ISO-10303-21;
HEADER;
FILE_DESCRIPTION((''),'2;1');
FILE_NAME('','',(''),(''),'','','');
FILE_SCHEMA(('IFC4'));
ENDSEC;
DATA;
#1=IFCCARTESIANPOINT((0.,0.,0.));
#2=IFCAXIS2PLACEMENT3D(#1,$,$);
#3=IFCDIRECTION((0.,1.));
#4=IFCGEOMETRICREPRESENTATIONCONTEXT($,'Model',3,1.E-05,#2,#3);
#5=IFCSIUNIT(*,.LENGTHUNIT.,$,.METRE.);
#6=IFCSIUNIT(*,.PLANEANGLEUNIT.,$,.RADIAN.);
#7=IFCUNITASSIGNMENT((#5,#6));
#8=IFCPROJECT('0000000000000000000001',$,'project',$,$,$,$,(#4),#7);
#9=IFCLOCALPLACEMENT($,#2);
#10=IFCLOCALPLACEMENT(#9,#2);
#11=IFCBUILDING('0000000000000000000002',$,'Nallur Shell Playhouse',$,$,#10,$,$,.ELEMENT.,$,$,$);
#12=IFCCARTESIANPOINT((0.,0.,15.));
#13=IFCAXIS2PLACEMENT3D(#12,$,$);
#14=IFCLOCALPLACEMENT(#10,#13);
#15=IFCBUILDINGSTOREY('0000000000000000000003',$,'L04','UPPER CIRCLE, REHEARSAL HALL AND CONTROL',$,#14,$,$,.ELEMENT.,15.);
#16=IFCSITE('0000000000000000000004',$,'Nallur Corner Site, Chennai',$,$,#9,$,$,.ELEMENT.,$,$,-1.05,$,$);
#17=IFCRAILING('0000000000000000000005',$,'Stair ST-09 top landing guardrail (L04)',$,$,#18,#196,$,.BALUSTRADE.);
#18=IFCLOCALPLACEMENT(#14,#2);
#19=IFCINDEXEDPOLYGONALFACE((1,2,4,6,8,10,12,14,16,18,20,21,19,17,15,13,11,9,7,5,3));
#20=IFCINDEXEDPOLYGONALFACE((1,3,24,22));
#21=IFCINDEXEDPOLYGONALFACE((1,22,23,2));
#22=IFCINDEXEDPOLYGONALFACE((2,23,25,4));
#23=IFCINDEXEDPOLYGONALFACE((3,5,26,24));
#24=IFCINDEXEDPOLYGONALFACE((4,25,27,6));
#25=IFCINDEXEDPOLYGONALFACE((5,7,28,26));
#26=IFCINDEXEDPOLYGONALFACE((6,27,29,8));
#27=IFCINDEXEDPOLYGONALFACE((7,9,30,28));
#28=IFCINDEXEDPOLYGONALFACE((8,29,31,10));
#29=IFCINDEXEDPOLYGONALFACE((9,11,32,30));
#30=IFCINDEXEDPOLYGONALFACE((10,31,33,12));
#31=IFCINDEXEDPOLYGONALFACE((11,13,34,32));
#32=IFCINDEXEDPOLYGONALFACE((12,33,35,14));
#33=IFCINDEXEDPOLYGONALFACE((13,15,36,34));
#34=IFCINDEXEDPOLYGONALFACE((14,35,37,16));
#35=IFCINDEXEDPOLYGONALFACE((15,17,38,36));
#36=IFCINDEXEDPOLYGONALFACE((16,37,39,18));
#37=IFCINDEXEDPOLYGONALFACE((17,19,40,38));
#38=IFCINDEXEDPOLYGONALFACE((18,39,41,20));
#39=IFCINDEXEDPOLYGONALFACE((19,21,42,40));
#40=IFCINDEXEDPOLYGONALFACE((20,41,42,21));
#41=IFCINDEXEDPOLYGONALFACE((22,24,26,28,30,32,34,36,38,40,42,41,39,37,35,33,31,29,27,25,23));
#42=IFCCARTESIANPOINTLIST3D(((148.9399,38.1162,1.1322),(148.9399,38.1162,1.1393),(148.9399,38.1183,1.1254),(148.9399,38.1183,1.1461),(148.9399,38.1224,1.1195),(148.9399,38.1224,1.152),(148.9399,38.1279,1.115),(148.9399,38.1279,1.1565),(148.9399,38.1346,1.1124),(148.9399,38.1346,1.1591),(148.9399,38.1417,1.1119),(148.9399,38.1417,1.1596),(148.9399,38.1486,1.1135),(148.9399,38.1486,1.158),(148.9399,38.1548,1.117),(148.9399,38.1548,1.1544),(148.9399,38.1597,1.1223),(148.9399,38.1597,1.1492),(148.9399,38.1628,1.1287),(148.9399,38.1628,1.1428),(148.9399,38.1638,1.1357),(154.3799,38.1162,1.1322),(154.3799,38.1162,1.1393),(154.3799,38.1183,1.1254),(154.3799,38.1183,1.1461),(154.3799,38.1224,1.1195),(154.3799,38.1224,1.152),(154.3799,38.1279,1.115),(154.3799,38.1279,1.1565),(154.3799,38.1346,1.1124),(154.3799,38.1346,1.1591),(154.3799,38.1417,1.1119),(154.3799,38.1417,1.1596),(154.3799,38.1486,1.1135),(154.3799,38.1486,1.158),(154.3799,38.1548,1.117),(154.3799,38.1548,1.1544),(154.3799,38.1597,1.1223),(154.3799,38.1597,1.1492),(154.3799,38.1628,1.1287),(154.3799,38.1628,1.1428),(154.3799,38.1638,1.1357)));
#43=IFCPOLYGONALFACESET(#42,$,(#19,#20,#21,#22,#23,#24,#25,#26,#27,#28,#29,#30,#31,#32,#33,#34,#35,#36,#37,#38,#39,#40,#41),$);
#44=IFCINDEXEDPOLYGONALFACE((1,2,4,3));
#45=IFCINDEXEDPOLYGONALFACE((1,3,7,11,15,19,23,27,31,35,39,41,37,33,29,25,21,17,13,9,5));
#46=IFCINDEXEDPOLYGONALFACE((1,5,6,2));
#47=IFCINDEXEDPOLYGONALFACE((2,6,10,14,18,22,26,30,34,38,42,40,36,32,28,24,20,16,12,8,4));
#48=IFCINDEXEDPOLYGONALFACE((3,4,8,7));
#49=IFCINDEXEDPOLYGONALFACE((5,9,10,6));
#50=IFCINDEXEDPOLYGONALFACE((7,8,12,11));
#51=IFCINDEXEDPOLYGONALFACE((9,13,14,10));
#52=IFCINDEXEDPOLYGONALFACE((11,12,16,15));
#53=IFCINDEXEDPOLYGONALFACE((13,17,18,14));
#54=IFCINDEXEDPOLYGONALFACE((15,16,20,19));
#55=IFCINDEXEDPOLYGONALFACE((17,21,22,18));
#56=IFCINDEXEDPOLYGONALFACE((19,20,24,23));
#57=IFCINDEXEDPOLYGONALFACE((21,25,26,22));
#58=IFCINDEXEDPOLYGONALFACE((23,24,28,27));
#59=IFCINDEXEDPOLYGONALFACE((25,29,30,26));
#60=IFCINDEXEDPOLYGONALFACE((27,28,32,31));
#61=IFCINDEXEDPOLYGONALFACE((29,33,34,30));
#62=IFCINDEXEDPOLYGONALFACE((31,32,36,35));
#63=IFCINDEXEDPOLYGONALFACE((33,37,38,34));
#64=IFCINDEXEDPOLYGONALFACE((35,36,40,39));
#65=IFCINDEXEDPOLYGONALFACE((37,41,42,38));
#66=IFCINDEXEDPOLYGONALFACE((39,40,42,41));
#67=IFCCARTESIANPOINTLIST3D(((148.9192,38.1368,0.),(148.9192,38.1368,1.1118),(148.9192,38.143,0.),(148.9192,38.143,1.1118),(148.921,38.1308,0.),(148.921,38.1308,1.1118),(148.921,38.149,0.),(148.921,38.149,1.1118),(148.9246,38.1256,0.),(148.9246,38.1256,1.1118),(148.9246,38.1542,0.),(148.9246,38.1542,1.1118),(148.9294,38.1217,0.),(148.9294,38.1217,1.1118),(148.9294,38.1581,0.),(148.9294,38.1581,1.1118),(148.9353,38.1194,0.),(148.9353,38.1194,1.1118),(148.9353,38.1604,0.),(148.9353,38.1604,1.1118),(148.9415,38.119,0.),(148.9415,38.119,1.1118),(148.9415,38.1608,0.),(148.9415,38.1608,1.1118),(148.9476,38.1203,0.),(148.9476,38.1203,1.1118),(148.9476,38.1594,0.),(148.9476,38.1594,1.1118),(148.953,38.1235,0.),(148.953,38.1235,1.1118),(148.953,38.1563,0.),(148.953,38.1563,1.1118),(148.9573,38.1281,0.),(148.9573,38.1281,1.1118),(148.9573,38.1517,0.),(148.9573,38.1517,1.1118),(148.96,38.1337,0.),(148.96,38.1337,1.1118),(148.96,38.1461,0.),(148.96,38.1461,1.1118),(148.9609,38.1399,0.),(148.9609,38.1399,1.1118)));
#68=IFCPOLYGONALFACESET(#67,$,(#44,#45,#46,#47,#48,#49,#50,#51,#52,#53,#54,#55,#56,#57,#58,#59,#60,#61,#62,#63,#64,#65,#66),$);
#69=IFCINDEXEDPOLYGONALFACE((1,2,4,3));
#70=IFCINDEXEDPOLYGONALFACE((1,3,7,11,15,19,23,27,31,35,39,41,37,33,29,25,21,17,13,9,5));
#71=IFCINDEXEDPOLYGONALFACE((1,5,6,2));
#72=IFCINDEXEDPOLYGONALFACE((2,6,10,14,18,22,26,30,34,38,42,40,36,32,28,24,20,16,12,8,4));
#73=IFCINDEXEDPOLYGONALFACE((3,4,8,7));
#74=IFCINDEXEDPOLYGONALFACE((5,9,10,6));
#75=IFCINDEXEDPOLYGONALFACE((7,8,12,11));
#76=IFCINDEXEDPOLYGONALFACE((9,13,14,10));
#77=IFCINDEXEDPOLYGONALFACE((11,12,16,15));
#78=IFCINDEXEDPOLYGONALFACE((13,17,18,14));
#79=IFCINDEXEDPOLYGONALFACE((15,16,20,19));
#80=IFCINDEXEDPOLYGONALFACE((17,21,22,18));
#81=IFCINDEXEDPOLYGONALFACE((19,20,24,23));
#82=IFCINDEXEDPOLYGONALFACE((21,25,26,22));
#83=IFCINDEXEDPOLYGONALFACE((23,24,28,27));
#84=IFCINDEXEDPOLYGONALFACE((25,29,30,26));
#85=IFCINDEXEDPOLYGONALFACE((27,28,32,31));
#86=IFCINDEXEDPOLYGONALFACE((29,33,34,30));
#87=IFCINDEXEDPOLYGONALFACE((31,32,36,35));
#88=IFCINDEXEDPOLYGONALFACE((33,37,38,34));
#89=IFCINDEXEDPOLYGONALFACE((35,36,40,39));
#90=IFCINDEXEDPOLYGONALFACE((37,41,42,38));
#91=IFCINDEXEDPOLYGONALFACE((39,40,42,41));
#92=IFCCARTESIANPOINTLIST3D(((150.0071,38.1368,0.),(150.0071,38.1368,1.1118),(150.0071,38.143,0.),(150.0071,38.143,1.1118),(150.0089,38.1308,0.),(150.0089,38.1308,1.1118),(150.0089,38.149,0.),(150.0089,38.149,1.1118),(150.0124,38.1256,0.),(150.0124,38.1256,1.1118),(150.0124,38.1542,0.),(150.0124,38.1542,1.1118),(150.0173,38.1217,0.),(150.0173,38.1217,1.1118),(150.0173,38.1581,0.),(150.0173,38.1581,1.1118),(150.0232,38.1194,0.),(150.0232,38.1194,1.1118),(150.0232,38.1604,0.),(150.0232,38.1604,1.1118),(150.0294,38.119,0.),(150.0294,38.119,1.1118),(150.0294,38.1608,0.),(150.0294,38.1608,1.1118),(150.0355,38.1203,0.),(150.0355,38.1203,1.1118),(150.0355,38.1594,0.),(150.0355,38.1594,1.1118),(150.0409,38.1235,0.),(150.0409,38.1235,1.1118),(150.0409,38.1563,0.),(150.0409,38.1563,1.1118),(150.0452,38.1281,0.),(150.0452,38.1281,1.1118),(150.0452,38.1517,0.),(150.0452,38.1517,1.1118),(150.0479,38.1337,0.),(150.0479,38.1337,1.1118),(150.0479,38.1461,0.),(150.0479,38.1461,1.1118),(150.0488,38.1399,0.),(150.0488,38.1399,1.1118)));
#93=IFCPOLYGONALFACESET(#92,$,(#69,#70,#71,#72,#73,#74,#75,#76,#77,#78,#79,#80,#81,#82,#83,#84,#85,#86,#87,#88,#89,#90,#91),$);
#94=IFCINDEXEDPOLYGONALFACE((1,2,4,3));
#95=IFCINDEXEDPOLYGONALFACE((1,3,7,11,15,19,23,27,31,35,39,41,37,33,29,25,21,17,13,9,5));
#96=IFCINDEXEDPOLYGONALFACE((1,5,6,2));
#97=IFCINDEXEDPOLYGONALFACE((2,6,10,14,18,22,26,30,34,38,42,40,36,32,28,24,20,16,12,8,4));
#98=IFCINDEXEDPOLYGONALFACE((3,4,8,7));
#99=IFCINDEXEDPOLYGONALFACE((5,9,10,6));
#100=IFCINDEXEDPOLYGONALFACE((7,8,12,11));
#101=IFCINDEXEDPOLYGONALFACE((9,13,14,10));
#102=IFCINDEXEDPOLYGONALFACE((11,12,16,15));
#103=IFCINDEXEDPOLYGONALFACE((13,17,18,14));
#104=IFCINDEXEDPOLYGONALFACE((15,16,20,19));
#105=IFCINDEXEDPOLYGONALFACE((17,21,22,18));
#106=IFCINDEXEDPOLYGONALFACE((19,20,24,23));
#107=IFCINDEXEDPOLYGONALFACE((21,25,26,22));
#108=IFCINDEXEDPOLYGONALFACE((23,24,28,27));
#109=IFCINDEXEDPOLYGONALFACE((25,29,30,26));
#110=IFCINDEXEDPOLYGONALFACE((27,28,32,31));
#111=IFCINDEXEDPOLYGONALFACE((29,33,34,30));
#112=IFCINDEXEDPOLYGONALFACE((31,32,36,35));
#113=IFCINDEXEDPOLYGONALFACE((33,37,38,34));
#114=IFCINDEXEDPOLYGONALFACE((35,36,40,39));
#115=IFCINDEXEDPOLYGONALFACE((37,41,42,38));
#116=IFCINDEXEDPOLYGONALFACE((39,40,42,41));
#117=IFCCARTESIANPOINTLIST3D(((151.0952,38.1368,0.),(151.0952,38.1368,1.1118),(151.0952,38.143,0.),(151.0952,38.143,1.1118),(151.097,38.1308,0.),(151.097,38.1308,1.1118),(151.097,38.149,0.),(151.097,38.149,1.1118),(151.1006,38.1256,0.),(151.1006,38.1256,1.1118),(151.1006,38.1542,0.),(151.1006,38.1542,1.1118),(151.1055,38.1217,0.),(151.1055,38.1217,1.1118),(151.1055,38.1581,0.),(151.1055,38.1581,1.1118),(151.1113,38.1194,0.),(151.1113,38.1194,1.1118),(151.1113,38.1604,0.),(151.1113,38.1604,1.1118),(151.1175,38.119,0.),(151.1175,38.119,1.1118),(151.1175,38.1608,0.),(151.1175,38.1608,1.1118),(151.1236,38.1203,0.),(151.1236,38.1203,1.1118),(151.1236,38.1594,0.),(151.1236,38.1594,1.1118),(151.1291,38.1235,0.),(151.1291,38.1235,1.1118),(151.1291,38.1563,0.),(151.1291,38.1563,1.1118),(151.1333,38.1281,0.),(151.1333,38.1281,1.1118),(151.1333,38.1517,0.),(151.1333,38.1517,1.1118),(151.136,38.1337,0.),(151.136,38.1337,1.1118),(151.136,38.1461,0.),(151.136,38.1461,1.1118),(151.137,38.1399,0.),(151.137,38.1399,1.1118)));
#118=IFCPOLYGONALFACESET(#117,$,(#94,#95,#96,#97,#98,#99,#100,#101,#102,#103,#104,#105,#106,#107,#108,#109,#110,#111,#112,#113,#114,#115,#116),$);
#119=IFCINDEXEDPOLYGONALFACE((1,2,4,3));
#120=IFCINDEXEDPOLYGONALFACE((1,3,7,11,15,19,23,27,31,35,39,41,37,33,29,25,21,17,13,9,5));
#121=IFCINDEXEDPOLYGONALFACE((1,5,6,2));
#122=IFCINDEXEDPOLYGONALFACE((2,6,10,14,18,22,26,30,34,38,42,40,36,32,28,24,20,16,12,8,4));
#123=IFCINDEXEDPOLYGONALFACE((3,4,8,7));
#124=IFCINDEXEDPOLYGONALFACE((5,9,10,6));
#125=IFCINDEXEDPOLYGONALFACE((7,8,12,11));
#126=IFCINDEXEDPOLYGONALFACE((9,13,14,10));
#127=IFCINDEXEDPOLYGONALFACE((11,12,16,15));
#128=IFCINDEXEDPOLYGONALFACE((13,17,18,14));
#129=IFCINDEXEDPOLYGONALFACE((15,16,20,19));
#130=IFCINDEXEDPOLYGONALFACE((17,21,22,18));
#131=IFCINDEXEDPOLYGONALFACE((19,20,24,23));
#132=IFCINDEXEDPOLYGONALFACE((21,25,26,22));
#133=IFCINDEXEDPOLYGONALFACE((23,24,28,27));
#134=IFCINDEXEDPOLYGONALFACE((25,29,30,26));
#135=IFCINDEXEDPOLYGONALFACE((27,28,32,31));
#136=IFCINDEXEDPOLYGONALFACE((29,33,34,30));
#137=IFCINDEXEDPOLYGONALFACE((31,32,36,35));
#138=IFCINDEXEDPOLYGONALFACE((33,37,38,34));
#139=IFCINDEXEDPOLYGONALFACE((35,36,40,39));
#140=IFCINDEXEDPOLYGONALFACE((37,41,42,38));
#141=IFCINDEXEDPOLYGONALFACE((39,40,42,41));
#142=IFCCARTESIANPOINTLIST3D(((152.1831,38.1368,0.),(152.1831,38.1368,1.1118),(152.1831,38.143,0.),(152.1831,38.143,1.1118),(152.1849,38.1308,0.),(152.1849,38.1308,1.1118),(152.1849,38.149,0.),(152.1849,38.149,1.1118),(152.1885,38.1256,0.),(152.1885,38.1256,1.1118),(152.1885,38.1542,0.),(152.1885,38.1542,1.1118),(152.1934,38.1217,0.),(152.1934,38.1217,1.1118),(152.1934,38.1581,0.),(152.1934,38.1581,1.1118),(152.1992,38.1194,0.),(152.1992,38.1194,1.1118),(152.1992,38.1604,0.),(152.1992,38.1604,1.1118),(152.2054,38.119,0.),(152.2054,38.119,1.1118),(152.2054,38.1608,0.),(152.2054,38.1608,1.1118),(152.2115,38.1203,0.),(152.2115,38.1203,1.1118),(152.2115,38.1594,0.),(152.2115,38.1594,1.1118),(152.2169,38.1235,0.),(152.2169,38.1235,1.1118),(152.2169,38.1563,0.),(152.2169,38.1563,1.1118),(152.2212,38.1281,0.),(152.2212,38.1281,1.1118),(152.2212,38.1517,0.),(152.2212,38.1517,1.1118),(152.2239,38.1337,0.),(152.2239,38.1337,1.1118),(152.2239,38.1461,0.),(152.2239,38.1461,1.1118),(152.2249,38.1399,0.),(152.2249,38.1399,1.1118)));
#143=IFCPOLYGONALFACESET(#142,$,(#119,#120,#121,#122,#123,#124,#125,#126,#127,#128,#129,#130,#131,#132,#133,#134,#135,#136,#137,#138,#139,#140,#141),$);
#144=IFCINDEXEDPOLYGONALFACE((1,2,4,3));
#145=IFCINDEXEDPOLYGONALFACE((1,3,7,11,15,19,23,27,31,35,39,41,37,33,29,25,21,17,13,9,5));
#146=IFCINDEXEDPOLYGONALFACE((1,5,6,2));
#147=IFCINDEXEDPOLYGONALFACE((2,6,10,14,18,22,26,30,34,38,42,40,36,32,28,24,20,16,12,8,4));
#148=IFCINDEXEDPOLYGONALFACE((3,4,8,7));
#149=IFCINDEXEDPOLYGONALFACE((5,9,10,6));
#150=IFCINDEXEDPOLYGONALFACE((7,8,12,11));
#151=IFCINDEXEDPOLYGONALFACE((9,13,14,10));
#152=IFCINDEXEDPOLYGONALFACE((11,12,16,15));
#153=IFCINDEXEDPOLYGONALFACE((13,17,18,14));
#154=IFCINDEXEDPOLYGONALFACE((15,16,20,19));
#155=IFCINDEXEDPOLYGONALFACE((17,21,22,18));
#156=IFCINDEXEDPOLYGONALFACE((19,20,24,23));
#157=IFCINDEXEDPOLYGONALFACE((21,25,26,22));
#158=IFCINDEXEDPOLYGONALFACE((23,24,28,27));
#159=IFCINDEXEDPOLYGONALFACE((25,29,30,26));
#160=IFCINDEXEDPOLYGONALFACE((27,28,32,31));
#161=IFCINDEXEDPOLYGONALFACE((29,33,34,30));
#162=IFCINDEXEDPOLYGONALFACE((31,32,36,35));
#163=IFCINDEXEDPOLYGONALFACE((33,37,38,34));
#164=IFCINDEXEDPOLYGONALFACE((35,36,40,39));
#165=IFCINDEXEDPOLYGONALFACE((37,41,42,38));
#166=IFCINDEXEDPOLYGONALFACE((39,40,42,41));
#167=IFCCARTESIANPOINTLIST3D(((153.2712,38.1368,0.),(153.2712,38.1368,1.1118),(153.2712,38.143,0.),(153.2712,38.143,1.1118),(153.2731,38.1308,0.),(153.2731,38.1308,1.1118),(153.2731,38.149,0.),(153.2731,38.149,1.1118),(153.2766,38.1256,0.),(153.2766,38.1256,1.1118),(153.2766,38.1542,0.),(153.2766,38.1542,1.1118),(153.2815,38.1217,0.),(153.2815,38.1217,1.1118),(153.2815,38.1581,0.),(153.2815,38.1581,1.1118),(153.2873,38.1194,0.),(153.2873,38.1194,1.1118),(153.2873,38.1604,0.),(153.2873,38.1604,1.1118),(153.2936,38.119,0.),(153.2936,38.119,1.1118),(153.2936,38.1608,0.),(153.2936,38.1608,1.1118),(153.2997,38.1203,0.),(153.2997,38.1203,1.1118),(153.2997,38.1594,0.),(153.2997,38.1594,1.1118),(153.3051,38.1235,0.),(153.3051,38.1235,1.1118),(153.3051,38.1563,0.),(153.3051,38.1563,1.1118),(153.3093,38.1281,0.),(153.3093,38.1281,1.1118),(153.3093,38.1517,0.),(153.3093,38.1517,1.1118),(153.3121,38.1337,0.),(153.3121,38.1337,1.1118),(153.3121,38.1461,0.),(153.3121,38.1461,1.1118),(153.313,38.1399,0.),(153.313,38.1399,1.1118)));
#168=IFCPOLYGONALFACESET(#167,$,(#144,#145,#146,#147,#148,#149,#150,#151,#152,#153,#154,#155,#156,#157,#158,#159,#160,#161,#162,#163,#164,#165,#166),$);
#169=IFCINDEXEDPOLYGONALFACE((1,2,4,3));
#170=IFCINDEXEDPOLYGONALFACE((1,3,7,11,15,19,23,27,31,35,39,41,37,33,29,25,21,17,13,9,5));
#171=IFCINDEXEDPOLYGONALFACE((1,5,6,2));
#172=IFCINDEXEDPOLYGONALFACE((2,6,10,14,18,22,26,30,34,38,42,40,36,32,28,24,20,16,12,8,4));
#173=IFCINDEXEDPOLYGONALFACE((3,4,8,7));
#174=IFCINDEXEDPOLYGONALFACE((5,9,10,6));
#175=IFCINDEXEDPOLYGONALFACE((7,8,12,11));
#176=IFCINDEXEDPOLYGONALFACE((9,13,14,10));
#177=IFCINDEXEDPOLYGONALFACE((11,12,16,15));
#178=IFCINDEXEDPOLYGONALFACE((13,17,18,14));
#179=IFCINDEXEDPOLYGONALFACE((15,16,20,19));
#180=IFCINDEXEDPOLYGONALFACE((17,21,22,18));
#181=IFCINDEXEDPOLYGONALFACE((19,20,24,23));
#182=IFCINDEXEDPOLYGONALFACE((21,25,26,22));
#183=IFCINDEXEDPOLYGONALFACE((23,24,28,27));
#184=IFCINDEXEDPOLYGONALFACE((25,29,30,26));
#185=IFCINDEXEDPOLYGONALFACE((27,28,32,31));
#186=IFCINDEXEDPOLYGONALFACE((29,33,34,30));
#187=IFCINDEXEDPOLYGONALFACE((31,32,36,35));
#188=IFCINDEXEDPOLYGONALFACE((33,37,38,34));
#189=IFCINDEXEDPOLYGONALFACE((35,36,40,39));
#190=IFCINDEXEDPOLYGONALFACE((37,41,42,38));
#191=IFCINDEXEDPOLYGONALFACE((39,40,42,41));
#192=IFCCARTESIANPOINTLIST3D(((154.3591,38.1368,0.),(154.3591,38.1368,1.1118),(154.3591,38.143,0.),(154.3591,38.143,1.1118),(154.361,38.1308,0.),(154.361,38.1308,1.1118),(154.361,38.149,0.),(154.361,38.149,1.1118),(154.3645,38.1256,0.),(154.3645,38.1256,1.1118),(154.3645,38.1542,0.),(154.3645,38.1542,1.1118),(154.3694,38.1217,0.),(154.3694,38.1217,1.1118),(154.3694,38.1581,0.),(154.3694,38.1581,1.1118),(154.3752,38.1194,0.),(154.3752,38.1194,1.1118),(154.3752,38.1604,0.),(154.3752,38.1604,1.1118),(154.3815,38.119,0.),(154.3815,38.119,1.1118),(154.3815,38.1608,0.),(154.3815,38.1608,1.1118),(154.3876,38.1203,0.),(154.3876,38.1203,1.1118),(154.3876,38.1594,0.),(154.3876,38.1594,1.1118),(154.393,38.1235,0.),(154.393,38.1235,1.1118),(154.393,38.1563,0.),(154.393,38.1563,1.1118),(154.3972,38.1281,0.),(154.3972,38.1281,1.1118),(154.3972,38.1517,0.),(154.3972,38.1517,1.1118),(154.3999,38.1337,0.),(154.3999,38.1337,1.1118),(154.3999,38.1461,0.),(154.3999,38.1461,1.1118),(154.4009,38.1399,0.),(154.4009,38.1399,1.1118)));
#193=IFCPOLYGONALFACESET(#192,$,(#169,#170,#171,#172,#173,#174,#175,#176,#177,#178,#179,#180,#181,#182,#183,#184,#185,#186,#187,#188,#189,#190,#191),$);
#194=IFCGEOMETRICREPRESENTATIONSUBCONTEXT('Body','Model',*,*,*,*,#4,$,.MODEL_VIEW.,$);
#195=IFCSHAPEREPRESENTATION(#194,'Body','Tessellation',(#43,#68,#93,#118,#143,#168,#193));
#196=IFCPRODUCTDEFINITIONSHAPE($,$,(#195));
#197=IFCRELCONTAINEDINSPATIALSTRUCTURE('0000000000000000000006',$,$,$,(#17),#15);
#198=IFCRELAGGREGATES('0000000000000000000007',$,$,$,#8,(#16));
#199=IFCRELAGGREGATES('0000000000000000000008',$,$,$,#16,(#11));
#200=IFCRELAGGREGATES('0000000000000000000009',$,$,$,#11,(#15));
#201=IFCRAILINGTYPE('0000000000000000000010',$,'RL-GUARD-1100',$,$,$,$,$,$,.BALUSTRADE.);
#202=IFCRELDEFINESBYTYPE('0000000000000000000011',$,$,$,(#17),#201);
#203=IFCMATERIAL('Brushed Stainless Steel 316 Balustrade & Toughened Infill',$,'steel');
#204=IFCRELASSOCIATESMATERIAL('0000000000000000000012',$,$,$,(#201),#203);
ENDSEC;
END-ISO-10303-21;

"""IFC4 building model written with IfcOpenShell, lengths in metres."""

from ifc_helpers import new_model, si_unit, direction, frame, origin, origin_2d, place, context, subcontext, project, spatial, circle, extrude, material, type_object, element, save


model = new_model("IFC4")

# Units and contexts
model_context = context("Model", 3, precision=1e-05, world=origin(), true_north=direction((0.0, 1.0)))
body_context = subcontext(model_context, "Body", "Model", "MODEL_VIEW")
ifc_project = project(units=[si_unit("LENGTHUNIT", "METRE"), si_unit("PLANEANGLEUNIT", "RADIAN")], contexts=[model_context])

# Site, building, storey
site_placement = place(None, origin())
site = spatial("IfcSite", under=ifc_project, at=site_placement, Name="Nallur Corner Site, Chennai", CompositionType="ELEMENT", RefElevation=-1.05)
building_placement = place(site_placement, origin())
building = spatial("IfcBuilding", under=site, at=building_placement, Name="Nallur Shell Playhouse", CompositionType="ELEMENT")
storey_placement = place(building_placement, frame((0.0, 0.0, 15.0)))
storey = spatial("IfcBuildingStorey", under=building, at=storey_placement, Name="L04", Description="UPPER CIRCLE, REHEARSAL HALL AND CONTROL", CompositionType="ELEMENT", Elevation=15.0)

# Railing
ifc_material_1 = material(Name="Brushed Stainless Steel 316 Balustrade & Toughened Infill", Category="steel")
railing_type_1 = type_object("IfcRailingType", Name="RL-GUARD-1100", PredefinedType="BALUSTRADE", material=ifc_material_1)
for number, where, name in (
    (1, (148.9399, 38.1399, 0.0), "Stair ST-09 top landing guardrail (L04)"),
):
    element("IfcRailing", number, at=place(storey_placement, frame(where)), inside=storey, type_object=railing_type_1, Name=name, PredefinedType="BALUSTRADE", context=body_context, shape_type="SweptSolid", body=[
        extrude(circle(Radius=0.0239, at=origin_2d()), frame((0.0, 0.0, 1.1357), z_axis=(1.0, 0.0, 0.0), x_axis=(0.0, 1.0, 0.0)), (0.0, 0.0, 1.0), 5.4399),
        extrude(circle(Radius=0.021, at=origin_2d()), origin(), (0.0, 0.0, 1.0), 1.1118),
        extrude(circle(Radius=0.021, at=origin_2d()), frame((1.0879, 0.0, 0.0)), (0.0, 0.0, 1.0), 1.1118),
        extrude(circle(Radius=0.021, at=origin_2d()), frame((2.176, 0.0, 0.0)), (0.0, 0.0, 1.0), 1.1118),
        extrude(circle(Radius=0.021, at=origin_2d()), frame((3.2639, 0.0, 0.0)), (0.0, 0.0, 1.0), 1.1118),
        extrude(circle(Radius=0.021, at=origin_2d()), frame((4.3521, 0.0, 0.0)), (0.0, 0.0, 1.0), 1.1118),
        extrude(circle(Radius=0.021, at=origin_2d()), frame((5.4399, 0.0, 0.0)), (0.0, 0.0, 1.0), 1.1118),
    ])

save(model, "model.ifc")
